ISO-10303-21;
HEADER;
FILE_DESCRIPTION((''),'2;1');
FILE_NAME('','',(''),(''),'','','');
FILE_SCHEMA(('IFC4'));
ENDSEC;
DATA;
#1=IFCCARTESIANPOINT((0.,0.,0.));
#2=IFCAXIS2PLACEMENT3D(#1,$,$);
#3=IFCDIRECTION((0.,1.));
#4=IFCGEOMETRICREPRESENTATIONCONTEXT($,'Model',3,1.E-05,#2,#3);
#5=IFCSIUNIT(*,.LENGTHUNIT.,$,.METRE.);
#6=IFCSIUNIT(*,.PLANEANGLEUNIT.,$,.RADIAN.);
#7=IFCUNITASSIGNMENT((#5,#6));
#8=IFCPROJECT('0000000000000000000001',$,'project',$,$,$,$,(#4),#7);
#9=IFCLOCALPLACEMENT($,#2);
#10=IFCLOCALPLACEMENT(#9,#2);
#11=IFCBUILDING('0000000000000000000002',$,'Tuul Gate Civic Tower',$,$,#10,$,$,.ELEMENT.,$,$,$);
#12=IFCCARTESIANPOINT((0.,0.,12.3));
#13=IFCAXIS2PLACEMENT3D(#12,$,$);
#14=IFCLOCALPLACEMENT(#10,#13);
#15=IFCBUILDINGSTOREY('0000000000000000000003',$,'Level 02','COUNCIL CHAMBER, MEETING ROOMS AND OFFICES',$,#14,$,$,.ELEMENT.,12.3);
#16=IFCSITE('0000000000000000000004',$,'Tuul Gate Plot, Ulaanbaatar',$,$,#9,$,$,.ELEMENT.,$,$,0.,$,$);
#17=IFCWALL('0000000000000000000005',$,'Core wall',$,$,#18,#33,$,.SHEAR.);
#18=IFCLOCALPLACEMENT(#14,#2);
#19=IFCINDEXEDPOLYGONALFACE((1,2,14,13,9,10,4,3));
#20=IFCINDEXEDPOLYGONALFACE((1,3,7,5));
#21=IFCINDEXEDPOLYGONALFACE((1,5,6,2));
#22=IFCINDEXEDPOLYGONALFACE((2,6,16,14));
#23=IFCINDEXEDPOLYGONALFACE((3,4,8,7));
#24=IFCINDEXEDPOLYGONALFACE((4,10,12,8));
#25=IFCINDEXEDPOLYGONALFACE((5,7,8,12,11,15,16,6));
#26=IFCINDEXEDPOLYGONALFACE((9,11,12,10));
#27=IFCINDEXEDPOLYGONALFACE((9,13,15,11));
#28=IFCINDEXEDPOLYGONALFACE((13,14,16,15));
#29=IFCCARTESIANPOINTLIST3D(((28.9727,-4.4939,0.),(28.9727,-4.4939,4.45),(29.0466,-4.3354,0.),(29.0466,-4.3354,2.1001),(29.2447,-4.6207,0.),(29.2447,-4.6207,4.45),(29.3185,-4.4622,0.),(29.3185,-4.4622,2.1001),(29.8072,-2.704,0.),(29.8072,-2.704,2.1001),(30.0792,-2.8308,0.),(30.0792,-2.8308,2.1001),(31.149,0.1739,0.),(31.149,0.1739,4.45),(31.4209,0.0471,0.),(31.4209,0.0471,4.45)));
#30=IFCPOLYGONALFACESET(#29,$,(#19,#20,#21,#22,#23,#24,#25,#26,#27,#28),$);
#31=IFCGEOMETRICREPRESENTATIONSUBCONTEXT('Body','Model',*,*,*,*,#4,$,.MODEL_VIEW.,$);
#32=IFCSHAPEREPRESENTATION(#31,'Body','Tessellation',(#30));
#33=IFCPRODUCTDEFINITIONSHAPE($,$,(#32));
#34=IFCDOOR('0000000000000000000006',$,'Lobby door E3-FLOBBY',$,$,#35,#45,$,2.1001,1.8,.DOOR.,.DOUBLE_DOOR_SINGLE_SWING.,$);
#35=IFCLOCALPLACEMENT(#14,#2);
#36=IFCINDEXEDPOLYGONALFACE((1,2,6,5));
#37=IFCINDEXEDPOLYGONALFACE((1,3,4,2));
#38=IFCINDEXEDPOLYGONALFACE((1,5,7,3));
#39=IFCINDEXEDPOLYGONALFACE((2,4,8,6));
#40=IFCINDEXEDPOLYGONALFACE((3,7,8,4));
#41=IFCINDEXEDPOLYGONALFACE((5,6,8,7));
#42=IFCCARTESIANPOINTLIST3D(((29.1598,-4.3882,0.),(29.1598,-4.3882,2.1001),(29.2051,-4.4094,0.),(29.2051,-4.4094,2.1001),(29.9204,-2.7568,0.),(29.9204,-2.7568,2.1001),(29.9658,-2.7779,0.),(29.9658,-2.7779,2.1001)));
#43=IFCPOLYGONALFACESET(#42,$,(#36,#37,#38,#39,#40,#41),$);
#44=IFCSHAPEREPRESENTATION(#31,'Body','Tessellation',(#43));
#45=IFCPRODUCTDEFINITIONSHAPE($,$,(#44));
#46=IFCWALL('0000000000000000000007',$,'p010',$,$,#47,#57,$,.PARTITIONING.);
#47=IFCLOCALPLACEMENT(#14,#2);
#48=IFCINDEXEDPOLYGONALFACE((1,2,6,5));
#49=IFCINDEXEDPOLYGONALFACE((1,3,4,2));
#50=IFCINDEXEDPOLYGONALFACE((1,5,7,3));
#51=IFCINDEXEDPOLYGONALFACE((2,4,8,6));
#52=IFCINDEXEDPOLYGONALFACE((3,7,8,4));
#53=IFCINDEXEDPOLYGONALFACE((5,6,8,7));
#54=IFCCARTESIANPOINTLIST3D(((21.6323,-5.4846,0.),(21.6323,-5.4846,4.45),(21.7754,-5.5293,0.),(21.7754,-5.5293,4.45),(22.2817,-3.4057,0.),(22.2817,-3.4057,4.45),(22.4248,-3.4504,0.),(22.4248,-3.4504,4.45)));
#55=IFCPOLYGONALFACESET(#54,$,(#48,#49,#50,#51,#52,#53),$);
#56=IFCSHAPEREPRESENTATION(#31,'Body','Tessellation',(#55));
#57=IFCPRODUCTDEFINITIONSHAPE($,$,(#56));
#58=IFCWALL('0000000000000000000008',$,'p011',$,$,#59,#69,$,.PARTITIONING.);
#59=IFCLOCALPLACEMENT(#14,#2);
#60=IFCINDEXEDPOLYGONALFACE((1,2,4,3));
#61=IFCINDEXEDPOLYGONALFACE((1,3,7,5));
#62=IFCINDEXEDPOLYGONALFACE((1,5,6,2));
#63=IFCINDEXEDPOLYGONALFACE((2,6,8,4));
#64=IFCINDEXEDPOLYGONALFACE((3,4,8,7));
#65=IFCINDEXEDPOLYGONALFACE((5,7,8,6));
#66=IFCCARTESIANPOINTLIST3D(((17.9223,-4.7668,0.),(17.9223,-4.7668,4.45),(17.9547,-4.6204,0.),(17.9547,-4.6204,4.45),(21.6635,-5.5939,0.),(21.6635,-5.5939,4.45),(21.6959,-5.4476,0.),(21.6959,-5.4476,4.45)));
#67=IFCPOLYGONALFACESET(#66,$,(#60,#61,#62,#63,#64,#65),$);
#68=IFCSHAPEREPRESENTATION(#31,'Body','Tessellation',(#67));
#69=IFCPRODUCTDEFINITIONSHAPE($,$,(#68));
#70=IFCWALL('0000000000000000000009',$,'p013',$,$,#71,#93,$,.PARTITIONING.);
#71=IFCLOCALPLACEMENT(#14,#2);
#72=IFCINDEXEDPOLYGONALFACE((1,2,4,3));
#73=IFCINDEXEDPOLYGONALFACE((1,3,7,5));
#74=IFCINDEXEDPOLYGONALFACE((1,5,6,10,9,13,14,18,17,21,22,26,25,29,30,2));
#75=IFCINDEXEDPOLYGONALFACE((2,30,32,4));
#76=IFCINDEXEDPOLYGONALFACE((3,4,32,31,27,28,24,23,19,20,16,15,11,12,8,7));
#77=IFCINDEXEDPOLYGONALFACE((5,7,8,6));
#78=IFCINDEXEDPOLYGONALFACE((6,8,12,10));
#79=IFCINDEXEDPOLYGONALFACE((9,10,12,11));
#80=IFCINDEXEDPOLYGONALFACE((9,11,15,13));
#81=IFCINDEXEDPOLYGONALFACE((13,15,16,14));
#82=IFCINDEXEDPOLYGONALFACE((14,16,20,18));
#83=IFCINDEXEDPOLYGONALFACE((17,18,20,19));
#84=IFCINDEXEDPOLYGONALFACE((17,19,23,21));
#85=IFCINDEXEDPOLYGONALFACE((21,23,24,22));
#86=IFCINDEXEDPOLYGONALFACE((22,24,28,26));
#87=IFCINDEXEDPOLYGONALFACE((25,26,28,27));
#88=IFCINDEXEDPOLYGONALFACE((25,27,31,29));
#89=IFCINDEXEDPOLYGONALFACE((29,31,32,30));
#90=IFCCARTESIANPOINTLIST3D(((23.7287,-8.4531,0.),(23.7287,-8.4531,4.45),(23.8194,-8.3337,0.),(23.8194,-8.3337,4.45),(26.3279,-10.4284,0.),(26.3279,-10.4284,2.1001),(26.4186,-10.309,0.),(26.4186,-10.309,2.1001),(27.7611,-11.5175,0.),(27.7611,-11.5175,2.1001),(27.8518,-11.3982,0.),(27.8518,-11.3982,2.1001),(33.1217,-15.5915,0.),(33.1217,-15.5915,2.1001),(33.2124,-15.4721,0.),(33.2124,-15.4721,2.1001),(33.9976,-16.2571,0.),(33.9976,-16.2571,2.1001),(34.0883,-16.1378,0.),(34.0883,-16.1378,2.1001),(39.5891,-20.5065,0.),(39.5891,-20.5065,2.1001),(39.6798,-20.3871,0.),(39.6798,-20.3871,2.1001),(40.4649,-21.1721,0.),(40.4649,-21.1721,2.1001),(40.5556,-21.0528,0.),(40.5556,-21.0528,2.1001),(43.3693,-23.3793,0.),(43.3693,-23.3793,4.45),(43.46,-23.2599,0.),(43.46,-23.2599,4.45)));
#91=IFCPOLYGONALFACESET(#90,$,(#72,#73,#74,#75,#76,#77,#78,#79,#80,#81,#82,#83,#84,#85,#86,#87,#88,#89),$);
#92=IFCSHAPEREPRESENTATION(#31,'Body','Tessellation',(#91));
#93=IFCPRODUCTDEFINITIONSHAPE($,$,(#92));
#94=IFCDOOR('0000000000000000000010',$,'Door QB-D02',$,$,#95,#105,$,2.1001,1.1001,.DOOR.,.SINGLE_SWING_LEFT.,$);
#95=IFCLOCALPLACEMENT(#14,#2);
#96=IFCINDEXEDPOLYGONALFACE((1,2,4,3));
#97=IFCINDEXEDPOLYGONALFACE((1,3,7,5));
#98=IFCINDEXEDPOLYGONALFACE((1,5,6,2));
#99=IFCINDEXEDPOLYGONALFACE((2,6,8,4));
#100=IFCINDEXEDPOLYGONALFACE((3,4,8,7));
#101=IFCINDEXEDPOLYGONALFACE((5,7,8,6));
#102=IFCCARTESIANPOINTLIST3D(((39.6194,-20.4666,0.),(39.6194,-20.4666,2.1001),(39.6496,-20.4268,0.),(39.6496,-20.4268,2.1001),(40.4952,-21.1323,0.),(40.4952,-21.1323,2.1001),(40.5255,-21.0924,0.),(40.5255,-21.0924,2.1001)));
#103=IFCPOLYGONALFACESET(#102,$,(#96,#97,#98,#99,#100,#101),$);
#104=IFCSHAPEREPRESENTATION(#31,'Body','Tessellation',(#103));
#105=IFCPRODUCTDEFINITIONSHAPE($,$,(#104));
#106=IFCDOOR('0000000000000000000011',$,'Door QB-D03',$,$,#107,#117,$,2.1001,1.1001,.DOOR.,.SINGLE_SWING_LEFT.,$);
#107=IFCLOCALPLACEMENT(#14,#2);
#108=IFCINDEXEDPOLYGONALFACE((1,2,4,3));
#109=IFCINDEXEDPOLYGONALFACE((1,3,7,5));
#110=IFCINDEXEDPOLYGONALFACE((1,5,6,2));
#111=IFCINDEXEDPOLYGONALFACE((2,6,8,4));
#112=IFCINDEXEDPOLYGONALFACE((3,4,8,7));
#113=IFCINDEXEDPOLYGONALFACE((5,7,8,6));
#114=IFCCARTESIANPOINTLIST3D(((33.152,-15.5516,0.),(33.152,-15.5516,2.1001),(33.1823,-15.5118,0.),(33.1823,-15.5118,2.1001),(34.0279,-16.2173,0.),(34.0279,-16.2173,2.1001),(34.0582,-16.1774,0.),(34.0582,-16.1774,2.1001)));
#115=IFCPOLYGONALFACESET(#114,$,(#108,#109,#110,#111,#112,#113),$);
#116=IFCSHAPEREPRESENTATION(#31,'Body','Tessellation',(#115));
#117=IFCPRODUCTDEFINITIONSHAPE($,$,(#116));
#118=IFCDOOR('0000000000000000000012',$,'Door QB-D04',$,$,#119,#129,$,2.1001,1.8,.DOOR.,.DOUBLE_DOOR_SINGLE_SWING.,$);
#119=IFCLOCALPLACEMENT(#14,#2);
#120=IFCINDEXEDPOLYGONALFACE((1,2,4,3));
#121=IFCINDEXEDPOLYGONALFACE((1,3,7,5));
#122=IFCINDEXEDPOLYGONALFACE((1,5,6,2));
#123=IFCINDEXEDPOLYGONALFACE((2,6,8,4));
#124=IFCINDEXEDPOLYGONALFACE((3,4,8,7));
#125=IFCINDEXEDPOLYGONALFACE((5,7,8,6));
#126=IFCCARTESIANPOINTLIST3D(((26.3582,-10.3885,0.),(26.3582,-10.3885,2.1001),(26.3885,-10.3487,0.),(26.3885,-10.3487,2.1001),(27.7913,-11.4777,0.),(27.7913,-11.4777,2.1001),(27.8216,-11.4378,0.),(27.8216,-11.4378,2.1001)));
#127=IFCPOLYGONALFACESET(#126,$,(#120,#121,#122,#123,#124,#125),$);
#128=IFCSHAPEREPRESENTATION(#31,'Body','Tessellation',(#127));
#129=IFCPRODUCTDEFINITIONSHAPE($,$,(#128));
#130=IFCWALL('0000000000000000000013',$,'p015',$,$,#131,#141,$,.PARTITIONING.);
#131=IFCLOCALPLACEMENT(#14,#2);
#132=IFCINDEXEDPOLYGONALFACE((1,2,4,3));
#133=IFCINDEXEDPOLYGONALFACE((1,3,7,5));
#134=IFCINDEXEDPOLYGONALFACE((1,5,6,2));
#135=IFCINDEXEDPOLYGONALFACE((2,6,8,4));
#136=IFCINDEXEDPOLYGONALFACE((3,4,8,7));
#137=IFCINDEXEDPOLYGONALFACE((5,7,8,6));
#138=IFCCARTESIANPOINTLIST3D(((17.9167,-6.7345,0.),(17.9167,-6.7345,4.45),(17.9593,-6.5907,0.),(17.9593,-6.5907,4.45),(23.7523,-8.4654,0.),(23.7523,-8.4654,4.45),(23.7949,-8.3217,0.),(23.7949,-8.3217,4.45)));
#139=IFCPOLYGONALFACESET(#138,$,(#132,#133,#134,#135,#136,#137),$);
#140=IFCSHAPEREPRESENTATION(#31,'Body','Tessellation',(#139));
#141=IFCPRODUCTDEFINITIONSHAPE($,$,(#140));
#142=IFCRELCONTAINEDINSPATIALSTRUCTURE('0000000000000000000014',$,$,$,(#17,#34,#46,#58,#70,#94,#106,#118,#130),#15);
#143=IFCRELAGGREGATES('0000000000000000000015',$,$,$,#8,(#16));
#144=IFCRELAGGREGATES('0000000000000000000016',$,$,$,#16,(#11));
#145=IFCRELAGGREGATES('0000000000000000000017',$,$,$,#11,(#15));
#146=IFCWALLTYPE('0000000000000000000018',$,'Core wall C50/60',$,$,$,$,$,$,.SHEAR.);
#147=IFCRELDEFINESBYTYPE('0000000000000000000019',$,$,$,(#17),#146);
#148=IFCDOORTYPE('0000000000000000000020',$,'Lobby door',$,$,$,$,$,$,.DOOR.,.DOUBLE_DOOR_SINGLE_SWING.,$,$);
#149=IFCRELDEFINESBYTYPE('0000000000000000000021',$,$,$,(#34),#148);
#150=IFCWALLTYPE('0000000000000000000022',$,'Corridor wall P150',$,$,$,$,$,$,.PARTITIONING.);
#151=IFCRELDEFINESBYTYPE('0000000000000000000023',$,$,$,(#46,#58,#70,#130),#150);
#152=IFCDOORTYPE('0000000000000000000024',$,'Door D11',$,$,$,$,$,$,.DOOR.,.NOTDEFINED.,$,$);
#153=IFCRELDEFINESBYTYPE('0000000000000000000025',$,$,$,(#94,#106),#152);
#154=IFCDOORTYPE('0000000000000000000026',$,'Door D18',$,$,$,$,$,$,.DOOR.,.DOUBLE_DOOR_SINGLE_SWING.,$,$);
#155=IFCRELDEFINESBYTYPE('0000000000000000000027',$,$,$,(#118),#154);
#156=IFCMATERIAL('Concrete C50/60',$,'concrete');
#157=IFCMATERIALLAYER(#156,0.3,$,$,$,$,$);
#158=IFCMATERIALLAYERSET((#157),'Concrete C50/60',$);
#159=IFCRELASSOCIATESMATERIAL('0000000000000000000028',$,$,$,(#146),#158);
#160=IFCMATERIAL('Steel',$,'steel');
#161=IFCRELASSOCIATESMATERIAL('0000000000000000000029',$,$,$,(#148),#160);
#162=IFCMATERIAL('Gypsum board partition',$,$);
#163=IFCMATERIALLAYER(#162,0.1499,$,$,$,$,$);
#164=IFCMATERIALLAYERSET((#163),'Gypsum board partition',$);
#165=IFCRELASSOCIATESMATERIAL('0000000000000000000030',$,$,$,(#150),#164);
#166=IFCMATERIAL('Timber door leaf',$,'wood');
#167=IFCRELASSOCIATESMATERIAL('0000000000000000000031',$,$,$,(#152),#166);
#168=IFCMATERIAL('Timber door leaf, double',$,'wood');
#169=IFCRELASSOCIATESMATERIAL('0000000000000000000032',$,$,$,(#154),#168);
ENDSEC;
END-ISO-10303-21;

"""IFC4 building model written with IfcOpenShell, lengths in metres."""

from ifc_helpers import new_model, si_unit, direction, frame, frame_2d, origin, place, context, subcontext, project, spatial, rectangle, extrude, material, layer, layer_set, type_object, element, fill, save


model = new_model("IFC4")

# Units and contexts
model_context = context("Model", 3, precision=1e-05, world=origin(), true_north=direction((0.0, 1.0)))
body_context = subcontext(model_context, "Body", "Model", "MODEL_VIEW")
ifc_project = project(units=[si_unit("LENGTHUNIT", "METRE"), si_unit("PLANEANGLEUNIT", "RADIAN")], contexts=[model_context])

# Site, building, storey
site_placement = place(None, origin())
site = spatial("IfcSite", under=ifc_project, at=site_placement, Name="Tuul Gate Plot, Ulaanbaatar", CompositionType="ELEMENT", RefElevation=0.0)
building_placement = place(site_placement, origin())
building = spatial("IfcBuilding", under=site, at=building_placement, Name="Tuul Gate Civic Tower", CompositionType="ELEMENT")
storey_placement = place(building_placement, frame((0.0, 0.0, 12.3)))
storey = spatial("IfcBuildingStorey", under=building, at=storey_placement, Name="Level 02", Description="COUNCIL CHAMBER, MEETING ROOMS AND OFFICES", CompositionType="ELEMENT", Elevation=12.3)

# Wall, opening, door
ifc_material_1 = material(Name="Concrete C50/60", Category="concrete")
ifc_layer_1 = layer(ifc_material_1, 0.3)
ifc_layer_set_1 = layer_set([ifc_layer_1], Name="Concrete C50/60")
wall_type_1 = type_object("IfcWallType", Name="Core wall C50/60", PredefinedType="SHEAR", material=ifc_layer_set_1)
wall_1_placement = place(storey_placement, frame((29.1086, -4.5574, 0.0), z_axis=(0.0, 0.0, 1.0), x_axis=(0.422566, 0.906332, 0.0)))
wall_1 = element("IfcWall", 1, at=wall_1_placement, inside=storey, type_object=wall_type_1, Name="Core wall", PredefinedType="SHEAR", context=body_context, shape_type="SweptSolid", body=[
    extrude(rectangle(XDim=5.1501, YDim=0.3, at=frame_2d((2.5752, 0.0))), origin(), (0.0, 0.0, 1.0), 4.45),
])
opening_1_placement = place(wall_1_placement, frame((0.175, 0.0, 0.0)))
opening_1 = element("IfcOpeningElement", 2, at=opening_1_placement, cuts=wall_1, PredefinedType="OPENING", context=body_context, shape_type="SweptSolid", body=[
    extrude(rectangle(XDim=1.8, YDim=2.1001, at=frame_2d((0.8999, 1.05))), frame((0.0, 0.1602, 0.0), z_axis=(0.0, -1.0, 0.0), x_axis=(1.0, 0.0, 0.0)), (0.0, 0.0, 1.0), 0.3201),
])
ifc_material_2 = material(Name="Steel", Category="steel")
door_type_1 = type_object("IfcDoorType", Name="Lobby door", OperationType="DOUBLE_DOOR_SINGLE_SWING", PredefinedType="DOOR", material=ifc_material_2)
door_1_placement = place(opening_1_placement, frame((1.8, 0.0, 0.0), z_axis=(0.0, 0.0, 1.0), x_axis=(-1.0, 0.0, 0.0)))
door_1 = element("IfcDoor", 3, at=door_1_placement, inside=storey, type_object=door_type_1, Name="Lobby door E3-FLOBBY", OperationType="DOUBLE_DOOR_SINGLE_SWING", OverallHeight=2.1001, OverallWidth=1.8, PredefinedType="DOOR", context=body_context, shape_type="SweptSolid", body=[
    extrude(rectangle(XDim=1.8, YDim=2.1001, at=frame_2d((0.9001, 1.05))), frame((0.0, 0.0249, 0.0), z_axis=(0.0, -1.0, 0.0), x_axis=(1.0, 0.0, 0.0)), (0.0, 0.0, 1.0), 0.05),
])
fill(opening_1, door_1)

# Walls
ifc_material_3 = material(Name="Gypsum board partition")
ifc_layer_2 = layer(ifc_material_3, 0.1499)
ifc_layer_set_2 = layer_set([ifc_layer_2], Name="Gypsum board partition")
wall_type_2 = type_object("IfcWallType", Name="Corridor wall P150", PredefinedType="PARTITIONING", material=ifc_layer_set_2)
wall_2_placement = place(storey_placement, frame((21.7039, -5.5068, 0.0), z_axis=(0.0, 0.0, 1.0), x_axis=(0.298179, 0.95451, 0.0)))
element("IfcWall", 4, at=wall_2_placement, inside=storey, type_object=wall_type_2, Name="p010", PredefinedType="PARTITIONING", context=body_context, shape_type="SweptSolid", body=[
    extrude(rectangle(XDim=2.178, YDim=0.1499, at=frame_2d((1.0889, 0.0))), origin(), (0.0, 0.0, 1.0), 4.45),
])
wall_3_placement = place(storey_placement, frame((17.9385, -4.6936, 0.0), z_axis=(0.0, 0.0, 1.0), x_axis=(0.97642, -0.215878, 0.0)))
element("IfcWall", 5, at=wall_3_placement, inside=storey, type_object=wall_type_2, Name="p011", PredefinedType="PARTITIONING", context=body_context, shape_type="SweptSolid", body=[
    extrude(rectangle(XDim=3.8315, YDim=0.1499, at=frame_2d((1.9158, 0.0))), origin(), (0.0, 0.0, 1.0), 4.45),
])

# Wall, openings, doors
wall_4_placement = place(storey_placement, frame((23.7739, -8.3933, 0.0), z_axis=(0.0, 0.0, 1.0), x_axis=(0.796174, -0.605068, 0.0)))
wall_4 = element("IfcWall", 6, at=wall_4_placement, inside=storey, type_object=wall_type_2, Name="p013", PredefinedType="PARTITIONING", context=body_context, shape_type="SweptSolid", body=[
    extrude(rectangle(XDim=24.6687, YDim=0.1499, at=frame_2d((12.3345, 0.0))), origin(), (0.0, 0.0, 1.0), 4.45),
])
opening_2_placement = place(wall_4_placement, frame((19.9209, 0.0, 0.0)))
opening_2 = element("IfcOpeningElement", 7, at=opening_2_placement, cuts=wall_4, PredefinedType="OPENING", context=body_context, shape_type="SweptSolid", body=[
    extrude(rectangle(XDim=1.1001, YDim=2.1001, at=frame_2d((0.55, 1.05))), frame((0.0, 0.085, 0.0), z_axis=(0.0, -1.0, 0.0), x_axis=(1.0, 0.0, 0.0)), (0.0, 0.0, 1.0), 0.1699),
])
opening_3_placement = place(wall_4_placement, frame((11.7979, 0.0, 0.0)))
opening_3 = element("IfcOpeningElement", 8, at=opening_3_placement, cuts=wall_4, PredefinedType="OPENING", context=body_context, shape_type="SweptSolid", body=[
    extrude(rectangle(XDim=1.1001, YDim=2.1001, at=frame_2d((0.55, 1.05))), frame((0.0, 0.085, 0.0), z_axis=(0.0, -1.0, 0.0), x_axis=(1.0, 0.0, 0.0)), (0.0, 0.0, 1.0), 0.1699),
])
opening_4_placement = place(wall_4_placement, frame((3.2649, 0.0, 0.0)))
opening_4 = element("IfcOpeningElement", 9, at=opening_4_placement, cuts=wall_4, PredefinedType="OPENING", context=body_context, shape_type="SweptSolid", body=[
    extrude(rectangle(XDim=1.8, YDim=2.1001, at=frame_2d((0.8999, 1.05))), frame((0.0, 0.085, 0.0), z_axis=(0.0, -1.0, 0.0), x_axis=(1.0, 0.0, 0.0)), (0.0, 0.0, 1.0), 0.1699),
])
ifc_material_4 = material(Name="Timber door leaf", Category="wood")
door_type_2 = type_object("IfcDoorType", Name="Door D11", OperationType="NOTDEFINED", PredefinedType="DOOR", material=ifc_material_4)
door_2_placement = place(opening_2_placement, frame((1.1001, 0.0, 0.0), z_axis=(0.0, 0.0, 1.0), x_axis=(-1.0, 0.0, 0.0)))
door_2 = element("IfcDoor", 10, at=door_2_placement, inside=storey, type_object=door_type_2, Name="Door QB-D02", OperationType="SINGLE_SWING_LEFT", OverallHeight=2.1001, OverallWidth=1.1001, PredefinedType="DOOR", context=body_context, shape_type="SweptSolid", body=[
    extrude(rectangle(XDim=1.1001, YDim=2.1001, at=frame_2d((0.55, 1.05))), frame((0.0, 0.0249, 0.0), z_axis=(0.0, -1.0, 0.0), x_axis=(1.0, 0.0, 0.0)), (0.0, 0.0, 1.0), 0.05),
])
fill(opening_2, door_2)
door_3_placement = place(opening_3_placement, frame((1.1001, 0.0, 0.0), z_axis=(0.0, 0.0, 1.0), x_axis=(-1.0, 0.0, 0.0)))
door_3 = element("IfcDoor", 11, at=door_3_placement, inside=storey, type_object=door_type_2, Name="Door QB-D03", OperationType="SINGLE_SWING_LEFT", OverallHeight=2.1001, OverallWidth=1.1001, PredefinedType="DOOR", context=body_context, shape_type="SweptSolid", body=[
    extrude(rectangle(XDim=1.1001, YDim=2.1001, at=frame_2d((0.55, 1.05))), frame((0.0, 0.0249, 0.0), z_axis=(0.0, -1.0, 0.0), x_axis=(1.0, 0.0, 0.0)), (0.0, 0.0, 1.0), 0.05),
])
fill(opening_3, door_3)
ifc_material_5 = material(Name="Timber door leaf, double", Category="wood")
door_type_3 = type_object("IfcDoorType", Name="Door D18", OperationType="DOUBLE_DOOR_SINGLE_SWING", PredefinedType="DOOR", material=ifc_material_5)
door_4_placement = place(opening_4_placement, frame((1.8, 0.0, 0.0), z_axis=(0.0, 0.0, 1.0), x_axis=(-1.0, 0.0, 0.0)))
door_4 = element("IfcDoor", 12, at=door_4_placement, inside=storey, type_object=door_type_3, Name="Door QB-D04", OperationType="DOUBLE_DOOR_SINGLE_SWING", OverallHeight=2.1001, OverallWidth=1.8, PredefinedType="DOOR", context=body_context, shape_type="SweptSolid", body=[
    extrude(rectangle(XDim=1.8, YDim=2.1001, at=frame_2d((0.9001, 1.05))), frame((0.0, 0.0249, 0.0), z_axis=(0.0, -1.0, 0.0), x_axis=(1.0, 0.0, 0.0)), (0.0, 0.0, 1.0), 0.05),
])
fill(opening_4, door_4)

# Wall
wall_5_placement = place(storey_placement, frame((17.938, -6.6626, 0.0), z_axis=(0.0, 0.0, 1.0), x_axis=(0.958715, -0.28437, 0.0)))
element("IfcWall", 13, at=wall_5_placement, inside=storey, type_object=wall_type_2, Name="p015", PredefinedType="PARTITIONING", context=body_context, shape_type="SweptSolid", body=[
    extrude(rectangle(XDim=6.0869, YDim=0.1499, at=frame_2d((3.0435, 0.0))), origin(), (0.0, 0.0, 1.0), 4.45),
])

save(model, "model.ifc")
